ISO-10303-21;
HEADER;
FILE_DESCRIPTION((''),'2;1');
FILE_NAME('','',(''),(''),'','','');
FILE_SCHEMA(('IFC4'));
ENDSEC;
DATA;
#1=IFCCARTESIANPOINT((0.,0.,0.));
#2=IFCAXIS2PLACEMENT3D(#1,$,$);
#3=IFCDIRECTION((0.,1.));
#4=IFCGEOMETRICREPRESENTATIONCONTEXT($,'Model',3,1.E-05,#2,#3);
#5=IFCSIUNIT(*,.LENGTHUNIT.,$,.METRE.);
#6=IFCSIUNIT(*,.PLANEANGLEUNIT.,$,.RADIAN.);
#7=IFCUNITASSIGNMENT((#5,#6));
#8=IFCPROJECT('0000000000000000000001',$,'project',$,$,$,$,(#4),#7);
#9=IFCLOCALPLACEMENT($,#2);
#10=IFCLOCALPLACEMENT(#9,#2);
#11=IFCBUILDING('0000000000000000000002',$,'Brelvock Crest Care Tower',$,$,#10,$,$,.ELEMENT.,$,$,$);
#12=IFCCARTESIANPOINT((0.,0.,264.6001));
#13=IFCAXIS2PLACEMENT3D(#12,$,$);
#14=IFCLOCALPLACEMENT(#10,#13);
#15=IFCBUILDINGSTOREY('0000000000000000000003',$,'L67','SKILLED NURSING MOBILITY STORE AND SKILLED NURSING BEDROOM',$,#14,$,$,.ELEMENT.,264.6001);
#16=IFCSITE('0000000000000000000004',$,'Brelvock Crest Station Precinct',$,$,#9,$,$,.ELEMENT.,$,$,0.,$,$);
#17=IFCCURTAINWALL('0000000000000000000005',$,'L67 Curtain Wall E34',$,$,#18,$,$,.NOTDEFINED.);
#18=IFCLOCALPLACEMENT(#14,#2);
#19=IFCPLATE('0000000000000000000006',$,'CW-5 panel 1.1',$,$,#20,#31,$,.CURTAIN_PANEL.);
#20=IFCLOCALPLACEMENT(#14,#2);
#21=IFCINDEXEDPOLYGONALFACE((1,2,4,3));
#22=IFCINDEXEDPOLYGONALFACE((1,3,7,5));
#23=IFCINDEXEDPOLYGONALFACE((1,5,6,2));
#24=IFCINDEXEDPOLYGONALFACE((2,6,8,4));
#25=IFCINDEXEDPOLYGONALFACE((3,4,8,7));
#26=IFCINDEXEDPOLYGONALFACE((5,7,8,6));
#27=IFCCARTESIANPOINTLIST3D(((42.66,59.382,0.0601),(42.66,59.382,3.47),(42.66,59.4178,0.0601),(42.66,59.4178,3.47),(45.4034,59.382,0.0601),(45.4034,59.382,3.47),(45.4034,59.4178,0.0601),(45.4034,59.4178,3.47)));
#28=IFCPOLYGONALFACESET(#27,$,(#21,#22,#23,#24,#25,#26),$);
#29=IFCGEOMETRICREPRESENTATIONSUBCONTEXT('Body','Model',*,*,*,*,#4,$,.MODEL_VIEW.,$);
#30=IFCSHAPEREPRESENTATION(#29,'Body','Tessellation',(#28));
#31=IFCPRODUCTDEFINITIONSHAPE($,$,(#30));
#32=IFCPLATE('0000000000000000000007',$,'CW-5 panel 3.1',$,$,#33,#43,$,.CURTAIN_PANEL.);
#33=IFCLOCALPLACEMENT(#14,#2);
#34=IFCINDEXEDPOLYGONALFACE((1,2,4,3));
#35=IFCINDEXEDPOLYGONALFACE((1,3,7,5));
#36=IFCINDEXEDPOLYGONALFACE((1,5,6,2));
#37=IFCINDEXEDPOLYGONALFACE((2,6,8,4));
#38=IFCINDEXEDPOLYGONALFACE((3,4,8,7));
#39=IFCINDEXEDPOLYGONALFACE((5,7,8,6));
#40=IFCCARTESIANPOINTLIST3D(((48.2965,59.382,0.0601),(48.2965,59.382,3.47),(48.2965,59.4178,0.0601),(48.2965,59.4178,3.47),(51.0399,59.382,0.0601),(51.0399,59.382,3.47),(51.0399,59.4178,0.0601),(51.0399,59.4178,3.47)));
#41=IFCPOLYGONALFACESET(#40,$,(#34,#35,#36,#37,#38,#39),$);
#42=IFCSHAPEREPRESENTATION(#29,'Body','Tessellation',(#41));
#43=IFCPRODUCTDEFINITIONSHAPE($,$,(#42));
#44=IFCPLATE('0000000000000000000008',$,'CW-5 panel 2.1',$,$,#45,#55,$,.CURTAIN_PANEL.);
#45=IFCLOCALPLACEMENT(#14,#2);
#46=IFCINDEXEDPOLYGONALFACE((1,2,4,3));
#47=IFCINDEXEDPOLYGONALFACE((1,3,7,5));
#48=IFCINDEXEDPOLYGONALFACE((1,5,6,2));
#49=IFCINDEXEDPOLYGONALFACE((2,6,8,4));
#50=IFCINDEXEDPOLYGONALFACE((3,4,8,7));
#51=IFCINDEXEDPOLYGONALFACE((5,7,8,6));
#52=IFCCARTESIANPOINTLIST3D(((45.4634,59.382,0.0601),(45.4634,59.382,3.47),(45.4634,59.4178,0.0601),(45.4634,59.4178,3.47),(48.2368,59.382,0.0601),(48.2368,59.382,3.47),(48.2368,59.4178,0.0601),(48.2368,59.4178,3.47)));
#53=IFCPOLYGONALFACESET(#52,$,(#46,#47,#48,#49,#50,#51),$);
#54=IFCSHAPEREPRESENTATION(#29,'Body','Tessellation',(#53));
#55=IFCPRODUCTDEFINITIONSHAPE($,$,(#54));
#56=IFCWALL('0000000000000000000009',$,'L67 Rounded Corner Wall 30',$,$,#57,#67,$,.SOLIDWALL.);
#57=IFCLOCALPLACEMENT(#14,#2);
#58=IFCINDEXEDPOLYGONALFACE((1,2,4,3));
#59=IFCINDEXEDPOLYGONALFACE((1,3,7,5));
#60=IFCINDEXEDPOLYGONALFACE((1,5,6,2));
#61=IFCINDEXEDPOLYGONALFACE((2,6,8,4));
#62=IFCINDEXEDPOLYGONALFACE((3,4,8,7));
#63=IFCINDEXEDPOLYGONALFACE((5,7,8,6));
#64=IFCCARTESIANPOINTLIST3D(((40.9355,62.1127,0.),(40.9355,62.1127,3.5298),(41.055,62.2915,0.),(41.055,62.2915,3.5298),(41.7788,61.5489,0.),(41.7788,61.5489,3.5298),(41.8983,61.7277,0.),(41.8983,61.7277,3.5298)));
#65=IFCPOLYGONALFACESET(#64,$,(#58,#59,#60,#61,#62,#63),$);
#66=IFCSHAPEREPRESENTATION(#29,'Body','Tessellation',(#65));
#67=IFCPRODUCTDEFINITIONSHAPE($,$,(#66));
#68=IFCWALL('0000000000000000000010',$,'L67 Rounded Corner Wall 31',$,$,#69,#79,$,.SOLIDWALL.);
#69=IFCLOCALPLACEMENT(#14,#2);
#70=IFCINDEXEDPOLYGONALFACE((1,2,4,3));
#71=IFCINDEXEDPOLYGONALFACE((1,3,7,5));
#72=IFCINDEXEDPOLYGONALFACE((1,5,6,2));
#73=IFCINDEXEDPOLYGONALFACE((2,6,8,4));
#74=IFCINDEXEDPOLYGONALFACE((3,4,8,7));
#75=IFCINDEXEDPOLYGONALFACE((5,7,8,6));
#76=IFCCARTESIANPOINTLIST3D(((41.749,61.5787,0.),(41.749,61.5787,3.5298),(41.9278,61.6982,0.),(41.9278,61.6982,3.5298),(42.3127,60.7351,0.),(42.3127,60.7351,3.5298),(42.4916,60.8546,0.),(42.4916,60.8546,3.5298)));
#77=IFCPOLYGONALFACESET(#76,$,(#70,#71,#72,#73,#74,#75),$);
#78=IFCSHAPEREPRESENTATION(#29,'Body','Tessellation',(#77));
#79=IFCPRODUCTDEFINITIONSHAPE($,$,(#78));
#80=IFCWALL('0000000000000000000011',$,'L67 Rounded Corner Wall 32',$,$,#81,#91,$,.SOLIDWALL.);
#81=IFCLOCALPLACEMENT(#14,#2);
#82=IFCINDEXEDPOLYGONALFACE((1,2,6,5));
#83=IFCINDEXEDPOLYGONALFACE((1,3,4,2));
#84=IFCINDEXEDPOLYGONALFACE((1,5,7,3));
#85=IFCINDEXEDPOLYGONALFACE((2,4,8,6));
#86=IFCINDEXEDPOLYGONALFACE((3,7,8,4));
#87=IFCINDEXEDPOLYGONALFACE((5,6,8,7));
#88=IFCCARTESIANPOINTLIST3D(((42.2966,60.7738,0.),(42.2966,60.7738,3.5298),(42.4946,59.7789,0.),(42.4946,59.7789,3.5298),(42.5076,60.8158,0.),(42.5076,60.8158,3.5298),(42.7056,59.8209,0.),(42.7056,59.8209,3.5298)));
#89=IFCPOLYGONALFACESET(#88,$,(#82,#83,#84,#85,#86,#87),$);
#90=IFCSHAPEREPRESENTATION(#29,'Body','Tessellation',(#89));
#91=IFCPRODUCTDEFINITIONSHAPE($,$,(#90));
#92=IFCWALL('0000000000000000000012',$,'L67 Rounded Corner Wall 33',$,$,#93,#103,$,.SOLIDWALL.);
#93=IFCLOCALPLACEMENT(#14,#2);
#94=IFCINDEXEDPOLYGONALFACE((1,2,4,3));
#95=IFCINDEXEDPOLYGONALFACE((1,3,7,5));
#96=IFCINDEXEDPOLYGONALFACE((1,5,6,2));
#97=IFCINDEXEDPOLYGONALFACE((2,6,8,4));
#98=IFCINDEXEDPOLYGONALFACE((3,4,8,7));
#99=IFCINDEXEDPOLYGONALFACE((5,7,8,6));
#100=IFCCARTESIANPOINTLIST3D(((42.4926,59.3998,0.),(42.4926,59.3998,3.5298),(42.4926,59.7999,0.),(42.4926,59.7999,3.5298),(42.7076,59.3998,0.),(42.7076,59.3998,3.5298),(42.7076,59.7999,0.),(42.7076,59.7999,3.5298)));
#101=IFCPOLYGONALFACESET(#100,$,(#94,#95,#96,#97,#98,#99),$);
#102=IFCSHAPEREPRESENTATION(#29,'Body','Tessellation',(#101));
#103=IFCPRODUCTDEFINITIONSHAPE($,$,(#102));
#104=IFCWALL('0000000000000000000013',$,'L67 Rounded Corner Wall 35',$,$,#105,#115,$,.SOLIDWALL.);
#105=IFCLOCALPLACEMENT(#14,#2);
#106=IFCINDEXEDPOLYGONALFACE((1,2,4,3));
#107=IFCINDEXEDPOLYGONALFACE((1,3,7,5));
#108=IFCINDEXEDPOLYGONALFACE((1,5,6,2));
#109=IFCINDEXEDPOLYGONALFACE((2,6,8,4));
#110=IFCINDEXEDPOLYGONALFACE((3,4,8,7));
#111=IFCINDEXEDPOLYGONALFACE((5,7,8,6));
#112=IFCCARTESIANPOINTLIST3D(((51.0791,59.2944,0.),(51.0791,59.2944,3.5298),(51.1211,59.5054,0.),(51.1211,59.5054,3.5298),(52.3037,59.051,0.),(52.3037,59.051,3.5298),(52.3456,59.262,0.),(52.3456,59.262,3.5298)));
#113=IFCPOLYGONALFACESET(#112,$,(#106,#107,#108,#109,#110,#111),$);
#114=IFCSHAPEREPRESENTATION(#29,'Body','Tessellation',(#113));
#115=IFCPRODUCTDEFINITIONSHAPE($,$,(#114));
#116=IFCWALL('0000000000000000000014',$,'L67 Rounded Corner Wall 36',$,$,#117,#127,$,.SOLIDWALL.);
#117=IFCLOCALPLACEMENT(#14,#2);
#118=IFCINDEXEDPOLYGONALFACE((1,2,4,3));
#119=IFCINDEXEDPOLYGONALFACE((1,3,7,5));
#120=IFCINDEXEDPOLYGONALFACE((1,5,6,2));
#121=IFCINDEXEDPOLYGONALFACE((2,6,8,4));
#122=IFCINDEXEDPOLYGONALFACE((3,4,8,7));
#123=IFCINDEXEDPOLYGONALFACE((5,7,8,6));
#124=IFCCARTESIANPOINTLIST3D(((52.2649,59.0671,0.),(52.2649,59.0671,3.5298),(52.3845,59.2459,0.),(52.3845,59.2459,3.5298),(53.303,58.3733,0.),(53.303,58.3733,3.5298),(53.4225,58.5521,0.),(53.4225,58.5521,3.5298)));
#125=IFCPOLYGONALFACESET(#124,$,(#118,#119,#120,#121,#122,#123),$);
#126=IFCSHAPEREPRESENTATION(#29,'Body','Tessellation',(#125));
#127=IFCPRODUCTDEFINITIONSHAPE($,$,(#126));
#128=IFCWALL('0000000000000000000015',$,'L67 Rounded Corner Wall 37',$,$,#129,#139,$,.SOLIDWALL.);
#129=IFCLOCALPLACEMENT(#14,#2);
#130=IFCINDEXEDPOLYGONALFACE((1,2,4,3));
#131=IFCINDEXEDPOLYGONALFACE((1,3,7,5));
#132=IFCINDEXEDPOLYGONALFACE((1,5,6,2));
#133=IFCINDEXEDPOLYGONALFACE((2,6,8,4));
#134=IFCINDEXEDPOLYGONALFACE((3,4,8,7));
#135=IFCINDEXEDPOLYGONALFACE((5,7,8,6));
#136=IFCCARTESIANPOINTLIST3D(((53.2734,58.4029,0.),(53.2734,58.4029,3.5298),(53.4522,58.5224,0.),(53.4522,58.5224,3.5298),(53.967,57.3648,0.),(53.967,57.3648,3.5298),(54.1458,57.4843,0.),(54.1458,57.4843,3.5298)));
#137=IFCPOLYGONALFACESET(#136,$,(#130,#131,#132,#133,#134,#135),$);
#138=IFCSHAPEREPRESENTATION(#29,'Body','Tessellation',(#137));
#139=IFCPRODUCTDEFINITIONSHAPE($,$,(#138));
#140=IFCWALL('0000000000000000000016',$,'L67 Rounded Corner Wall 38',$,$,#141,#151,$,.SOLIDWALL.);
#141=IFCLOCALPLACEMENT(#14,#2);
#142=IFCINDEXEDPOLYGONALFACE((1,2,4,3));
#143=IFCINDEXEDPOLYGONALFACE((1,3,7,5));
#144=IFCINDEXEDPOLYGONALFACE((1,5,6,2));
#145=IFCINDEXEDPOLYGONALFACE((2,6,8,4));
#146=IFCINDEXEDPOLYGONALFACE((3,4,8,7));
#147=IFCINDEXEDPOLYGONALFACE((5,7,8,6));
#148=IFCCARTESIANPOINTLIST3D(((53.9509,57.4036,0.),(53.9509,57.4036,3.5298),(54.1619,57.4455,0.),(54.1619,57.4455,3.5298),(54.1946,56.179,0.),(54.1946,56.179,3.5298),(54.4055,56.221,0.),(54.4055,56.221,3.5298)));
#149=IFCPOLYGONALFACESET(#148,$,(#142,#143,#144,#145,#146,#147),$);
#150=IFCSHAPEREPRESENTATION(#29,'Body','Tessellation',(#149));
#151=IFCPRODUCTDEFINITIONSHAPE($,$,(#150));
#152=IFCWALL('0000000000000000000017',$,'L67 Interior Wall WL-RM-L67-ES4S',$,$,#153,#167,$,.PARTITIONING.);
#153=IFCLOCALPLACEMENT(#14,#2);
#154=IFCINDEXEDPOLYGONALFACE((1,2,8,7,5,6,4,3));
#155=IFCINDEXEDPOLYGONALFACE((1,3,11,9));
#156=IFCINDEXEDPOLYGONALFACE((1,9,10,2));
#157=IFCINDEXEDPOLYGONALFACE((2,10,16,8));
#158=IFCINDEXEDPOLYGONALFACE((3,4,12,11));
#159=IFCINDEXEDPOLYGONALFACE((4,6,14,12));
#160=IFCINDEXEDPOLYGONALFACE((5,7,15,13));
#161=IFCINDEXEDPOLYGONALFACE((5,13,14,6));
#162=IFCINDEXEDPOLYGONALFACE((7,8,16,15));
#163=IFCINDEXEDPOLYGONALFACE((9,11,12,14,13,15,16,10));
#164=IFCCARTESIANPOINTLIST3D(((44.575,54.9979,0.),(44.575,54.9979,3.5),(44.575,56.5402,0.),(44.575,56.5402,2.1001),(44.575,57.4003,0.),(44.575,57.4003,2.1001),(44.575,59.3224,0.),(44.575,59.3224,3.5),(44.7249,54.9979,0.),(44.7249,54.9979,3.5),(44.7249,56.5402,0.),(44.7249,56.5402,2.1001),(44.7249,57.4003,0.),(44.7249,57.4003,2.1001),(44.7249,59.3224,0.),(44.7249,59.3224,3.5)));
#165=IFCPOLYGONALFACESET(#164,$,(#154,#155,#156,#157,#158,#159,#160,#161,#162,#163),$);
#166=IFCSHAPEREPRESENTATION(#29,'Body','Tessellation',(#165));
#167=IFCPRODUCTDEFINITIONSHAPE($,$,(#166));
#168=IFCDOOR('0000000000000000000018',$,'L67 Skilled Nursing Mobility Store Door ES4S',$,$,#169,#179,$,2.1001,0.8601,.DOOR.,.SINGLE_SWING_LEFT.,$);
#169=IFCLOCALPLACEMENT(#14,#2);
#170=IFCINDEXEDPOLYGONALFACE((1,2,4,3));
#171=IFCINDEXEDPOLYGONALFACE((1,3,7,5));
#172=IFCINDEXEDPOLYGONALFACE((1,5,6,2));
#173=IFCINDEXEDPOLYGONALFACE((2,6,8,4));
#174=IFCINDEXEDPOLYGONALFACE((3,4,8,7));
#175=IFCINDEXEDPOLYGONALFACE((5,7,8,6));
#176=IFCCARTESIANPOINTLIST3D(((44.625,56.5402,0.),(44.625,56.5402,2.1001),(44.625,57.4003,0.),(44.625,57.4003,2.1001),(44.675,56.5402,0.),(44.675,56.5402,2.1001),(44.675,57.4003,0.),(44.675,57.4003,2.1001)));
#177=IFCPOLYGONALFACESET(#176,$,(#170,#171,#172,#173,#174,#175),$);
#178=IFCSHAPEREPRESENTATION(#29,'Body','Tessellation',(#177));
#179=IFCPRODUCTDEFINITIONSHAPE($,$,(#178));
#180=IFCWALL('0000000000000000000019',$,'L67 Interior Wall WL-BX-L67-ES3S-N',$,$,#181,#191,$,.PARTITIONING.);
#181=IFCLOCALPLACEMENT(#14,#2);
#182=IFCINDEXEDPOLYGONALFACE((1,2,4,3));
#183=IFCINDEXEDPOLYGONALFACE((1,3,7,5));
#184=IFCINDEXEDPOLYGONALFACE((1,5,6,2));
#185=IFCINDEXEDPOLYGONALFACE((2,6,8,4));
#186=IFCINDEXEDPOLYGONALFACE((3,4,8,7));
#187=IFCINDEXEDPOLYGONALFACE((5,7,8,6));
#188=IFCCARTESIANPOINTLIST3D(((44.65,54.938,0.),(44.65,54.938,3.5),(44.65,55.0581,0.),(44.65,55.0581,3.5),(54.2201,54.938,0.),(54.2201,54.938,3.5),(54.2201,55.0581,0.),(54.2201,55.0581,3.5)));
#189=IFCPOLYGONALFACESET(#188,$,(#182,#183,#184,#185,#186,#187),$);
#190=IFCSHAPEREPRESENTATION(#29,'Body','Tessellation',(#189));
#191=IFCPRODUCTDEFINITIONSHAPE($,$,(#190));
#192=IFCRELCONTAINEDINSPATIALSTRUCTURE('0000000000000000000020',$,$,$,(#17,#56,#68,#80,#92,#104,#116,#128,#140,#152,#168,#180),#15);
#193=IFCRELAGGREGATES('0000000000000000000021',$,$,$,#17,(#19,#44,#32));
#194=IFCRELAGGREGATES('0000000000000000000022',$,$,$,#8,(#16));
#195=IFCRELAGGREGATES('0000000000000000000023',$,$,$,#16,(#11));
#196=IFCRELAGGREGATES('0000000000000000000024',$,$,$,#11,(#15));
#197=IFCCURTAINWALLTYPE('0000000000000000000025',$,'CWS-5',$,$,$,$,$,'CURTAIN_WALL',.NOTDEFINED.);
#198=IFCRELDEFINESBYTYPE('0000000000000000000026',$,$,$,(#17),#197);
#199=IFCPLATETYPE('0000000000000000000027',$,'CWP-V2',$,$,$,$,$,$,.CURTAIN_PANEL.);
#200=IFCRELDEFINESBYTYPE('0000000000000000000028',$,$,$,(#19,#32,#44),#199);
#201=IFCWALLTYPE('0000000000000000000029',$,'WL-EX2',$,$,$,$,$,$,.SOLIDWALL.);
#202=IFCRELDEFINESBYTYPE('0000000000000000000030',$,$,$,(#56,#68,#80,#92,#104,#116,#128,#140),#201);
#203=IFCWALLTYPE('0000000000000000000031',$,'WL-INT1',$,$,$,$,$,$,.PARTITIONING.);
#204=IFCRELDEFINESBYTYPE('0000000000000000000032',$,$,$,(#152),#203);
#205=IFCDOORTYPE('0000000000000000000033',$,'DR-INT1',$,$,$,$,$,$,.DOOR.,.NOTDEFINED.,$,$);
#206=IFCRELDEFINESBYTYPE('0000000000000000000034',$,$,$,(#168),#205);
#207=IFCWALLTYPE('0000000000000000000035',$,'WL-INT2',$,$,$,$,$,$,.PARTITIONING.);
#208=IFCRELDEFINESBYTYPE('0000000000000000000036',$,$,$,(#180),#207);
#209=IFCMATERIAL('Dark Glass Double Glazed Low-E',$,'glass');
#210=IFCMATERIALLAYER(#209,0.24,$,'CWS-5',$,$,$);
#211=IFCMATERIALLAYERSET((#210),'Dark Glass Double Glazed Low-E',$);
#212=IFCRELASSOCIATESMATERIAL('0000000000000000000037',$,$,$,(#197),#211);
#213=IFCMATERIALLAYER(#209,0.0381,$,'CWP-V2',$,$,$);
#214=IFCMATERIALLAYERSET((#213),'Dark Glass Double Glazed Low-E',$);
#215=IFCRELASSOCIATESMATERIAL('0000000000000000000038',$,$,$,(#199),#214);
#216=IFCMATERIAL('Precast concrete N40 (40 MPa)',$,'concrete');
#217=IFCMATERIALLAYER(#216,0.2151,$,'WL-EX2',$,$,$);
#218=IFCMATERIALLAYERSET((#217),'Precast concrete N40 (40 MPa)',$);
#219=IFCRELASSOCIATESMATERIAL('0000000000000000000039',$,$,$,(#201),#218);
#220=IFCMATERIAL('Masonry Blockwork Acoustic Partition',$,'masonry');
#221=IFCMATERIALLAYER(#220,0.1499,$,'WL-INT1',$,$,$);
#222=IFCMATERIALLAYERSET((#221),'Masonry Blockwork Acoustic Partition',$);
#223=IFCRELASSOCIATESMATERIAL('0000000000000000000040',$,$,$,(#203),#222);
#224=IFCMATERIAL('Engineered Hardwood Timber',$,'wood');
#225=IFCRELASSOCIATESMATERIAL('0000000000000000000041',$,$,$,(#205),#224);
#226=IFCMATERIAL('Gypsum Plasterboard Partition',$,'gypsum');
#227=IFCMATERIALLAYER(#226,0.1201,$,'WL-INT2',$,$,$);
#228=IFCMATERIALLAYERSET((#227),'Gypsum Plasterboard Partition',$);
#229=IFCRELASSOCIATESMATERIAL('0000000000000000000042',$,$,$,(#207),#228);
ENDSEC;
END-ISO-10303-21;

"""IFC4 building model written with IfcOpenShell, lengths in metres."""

from ifc_helpers import new_model, si_unit, direction, frame, frame_2d, origin, origin_2d, place, context, subcontext, project, spatial, rectangle, extrude, source, transform, mapped, material, layer, layer_set, type_object, element, fill, aggregate, save


model = new_model("IFC4")

# Units and contexts
model_context = context("Model", 3, precision=1e-05, world=origin(), true_north=direction((0.0, 1.0)))
body_context = subcontext(model_context, "Body", "Model", "MODEL_VIEW")
ifc_project = project(units=[si_unit("LENGTHUNIT", "METRE"), si_unit("PLANEANGLEUNIT", "RADIAN")], contexts=[model_context])

# Site, building, storey
site_placement = place(None, origin())
site = spatial("IfcSite", under=ifc_project, at=site_placement, Name="Brelvock Crest Station Precinct", CompositionType="ELEMENT", RefElevation=0.0)
building_placement = place(site_placement, origin())
building = spatial("IfcBuilding", under=site, at=building_placement, Name="Brelvock Crest Care Tower", CompositionType="ELEMENT")
storey_placement = place(building_placement, frame((0.0, 0.0, 264.6001)))
storey = spatial("IfcBuildingStorey", under=building, at=storey_placement, Name="L67", Description="SKILLED NURSING MOBILITY STORE AND SKILLED NURSING BEDROOM", CompositionType="ELEMENT", Elevation=264.6001)

# Curtain wall
ifc_material_1 = material(Name="Dark Glass Double Glazed Low-E", Category="glass")
ifc_layer_1 = layer(ifc_material_1, 0.24, Name="CWS-5")
ifc_layer_set_1 = layer_set([ifc_layer_1], Name="Dark Glass Double Glazed Low-E")
curtain_wall_type = type_object("IfcCurtainWallType", Name="CWS-5", ElementType="CURTAIN_WALL", PredefinedType="NOTDEFINED", material=ifc_layer_set_1)
curtain_wall_1_placement = place(storey_placement, origin())
curtain_wall_1 = element("IfcCurtainWall", 1, at=curtain_wall_1_placement, inside=storey, type_object=curtain_wall_type, Name="L67 Curtain Wall E34", PredefinedType="NOTDEFINED")

# Plates
ifc_layer_2 = layer(ifc_material_1, 0.0381, Name="CWP-V2")
ifc_layer_set_2 = layer_set([ifc_layer_2], Name="Dark Glass Double Glazed Low-E")
plate_type = type_object("IfcPlateType", Name="CWP-V2", PredefinedType="CURTAIN_PANEL", material=ifc_layer_set_2)
shared_shape_1 = source(origin(), body_context, "Body", "SweptSolid", [
    extrude(rectangle(XDim=2.7434, YDim=0.0359, at=origin_2d()), origin(), (0.0, 0.0, 1.0), 3.4099),
])
plate_1_placement = place(storey_placement, frame((44.0317, 59.3999, 0.0601), z_axis=(0.0, 0.0, 1.0), x_axis=(1.0, 0.0, 0.0)))
plate_1 = element("IfcPlate", 2, at=plate_1_placement, type_object=plate_type, Name="CW-5 panel 1.1", PredefinedType="CURTAIN_PANEL", context=body_context, shape_type="MappedRepresentation", body=[
    mapped(shared_shape_1, transform((0.0, 0.0, 0.0), x_axis=(1.0, 0.0, 0.0), y_axis=(0.0, 1.0, 0.0), z_axis=(0.0, 0.0, 1.0), scale=1.0)),
])
plate_2_placement = place(storey_placement, frame((49.6682, 59.3999, 0.0601), z_axis=(0.0, 0.0, 1.0), x_axis=(1.0, 0.0, 0.0)))
plate_2 = element("IfcPlate", 3, at=plate_2_placement, type_object=plate_type, Name="CW-5 panel 3.1", PredefinedType="CURTAIN_PANEL", context=body_context, shape_type="MappedRepresentation", body=[
    mapped(shared_shape_1, transform((0.0, 0.0, 0.0), x_axis=(1.0, 0.0, 0.0), y_axis=(0.0, 1.0, 0.0), z_axis=(0.0, 0.0, 1.0), scale=1.0)),
])
shared_shape_2 = source(origin(), body_context, "Body", "SweptSolid", [
    extrude(rectangle(XDim=2.7734, YDim=0.0359, at=origin_2d()), origin(), (0.0, 0.0, 1.0), 3.4099),
])
plate_3_placement = place(storey_placement, frame((46.8501, 59.3999, 0.0601), z_axis=(0.0, 0.0, 1.0), x_axis=(1.0, 0.0, 0.0)))
plate_3 = element("IfcPlate", 4, at=plate_3_placement, type_object=plate_type, Name="CW-5 panel 2.1", PredefinedType="CURTAIN_PANEL", context=body_context, shape_type="MappedRepresentation", body=[
    mapped(shared_shape_2, transform((0.0, 0.0, 0.0), x_axis=(1.0, 0.0, 0.0), y_axis=(0.0, 1.0, 0.0), z_axis=(0.0, 0.0, 1.0), scale=1.0)),
])
aggregate(curtain_wall_1, [plate_1, plate_3, plate_2])

# Walls
ifc_material_2 = material(Name="Precast concrete N40 (40 MPa)", Category="concrete")
ifc_layer_3 = layer(ifc_material_2, 0.2151, Name="WL-EX2")
ifc_layer_set_3 = layer_set([ifc_layer_3], Name="Precast concrete N40 (40 MPa)")
wall_type_1 = type_object("IfcWallType", Name="WL-EX2", PredefinedType="SOLIDWALL", material=ifc_layer_set_3)
wall_1_placement = place(storey_placement, frame((40.9951, 62.2021, 0.0), z_axis=(0.0, 0.0, 1.0), x_axis=(0.831346, -0.555755, 0.0)))
element("IfcWall", 5, at=wall_1_placement, inside=storey, type_object=wall_type_1, Name="L67 Rounded Corner Wall 30", PredefinedType="SOLIDWALL", context=body_context, shape_type="SweptSolid", body=[
    extrude(rectangle(XDim=1.0144, YDim=0.2151, at=frame_2d((0.5073, 0.0))), origin(), (0.0, 0.0, 1.0), 3.5298),
])
wall_2_placement = place(storey_placement, frame((41.8384, 61.6384, 0.0), z_axis=(0.0, 0.0, 1.0), x_axis=(0.555644, -0.83142, 0.0)))
element("IfcWall", 6, at=wall_2_placement, inside=storey, type_object=wall_type_1, Name="L67 Rounded Corner Wall 31", PredefinedType="SOLIDWALL", context=body_context, shape_type="SweptSolid", body=[
    extrude(rectangle(XDim=1.0146, YDim=0.2151, at=frame_2d((0.5073, 0.0))), origin(), (0.0, 0.0, 1.0), 3.5298),
])
wall_3_placement = place(storey_placement, frame((42.4021, 60.7949, 0.0), z_axis=(0.0, 0.0, 1.0), x_axis=(0.19519, -0.980765, 0.0)))
element("IfcWall", 7, at=wall_3_placement, inside=storey, type_object=wall_type_1, Name="L67 Rounded Corner Wall 32", PredefinedType="SOLIDWALL", context=body_context, shape_type="SweptSolid", body=[
    extrude(rectangle(XDim=1.0144, YDim=0.2151, at=frame_2d((0.5073, 0.0))), origin(), (0.0, 0.0, 1.0), 3.5298),
])
wall_4_placement = place(storey_placement, frame((42.6001, 59.8, 0.0), z_axis=(0.0, 0.0, 1.0), x_axis=(0.0, -1.0, 0.0)))
element("IfcWall", 8, at=wall_4_placement, inside=storey, type_object=wall_type_1, Name="L67 Rounded Corner Wall 33", PredefinedType="SOLIDWALL", context=body_context, shape_type="SweptSolid", body=[
    extrude(rectangle(XDim=0.4001, YDim=0.2151, at=frame_2d((0.2002, 0.0))), origin(), (0.0, 0.0, 1.0), 3.5298),
])
for number, where, z_axis, x_axis, name in (
    (9, (51.1001, 59.3999, 0.0), (0.0, 0.0, 1.0), (0.980813, -0.19495, 0.0), "L67 Rounded Corner Wall 35"),
    (10, (52.3247, 59.1565, 0.0), (0.0, 0.0, 1.0), (0.831388, -0.555692, 0.0), "L67 Rounded Corner Wall 36"),
    (11, (53.3628, 58.4626, 0.0), (0.0, 0.0, 1.0), (0.555557, -0.831478, 0.0), "L67 Rounded Corner Wall 37"),
    (12, (54.0564, 57.4246, 0.0), (0.0, 0.0, 1.0), (0.195138, -0.980776, 0.0), "L67 Rounded Corner Wall 38"),
):
    element("IfcWall", number, at=place(storey_placement, frame(where, z_axis=z_axis, x_axis=x_axis)), inside=storey, type_object=wall_type_1, Name=name, PredefinedType="SOLIDWALL", context=body_context, shape_type="SweptSolid", body=[
        extrude(rectangle(XDim=1.2485, YDim=0.2151, at=frame_2d((0.6243, 0.0))), origin(), (0.0, 0.0, 1.0), 3.5298),
    ])

# Wall, opening, door
ifc_material_3 = material(Name="Masonry Blockwork Acoustic Partition", Category="masonry")
ifc_layer_4 = layer(ifc_material_3, 0.1499, Name="WL-INT1")
ifc_layer_set_4 = layer_set([ifc_layer_4], Name="Masonry Blockwork Acoustic Partition")
wall_type_2 = type_object("IfcWallType", Name="WL-INT1", PredefinedType="PARTITIONING", material=ifc_layer_set_4)
wall_5_placement = place(storey_placement, frame((44.6499, 54.998, 0.0), z_axis=(0.0, 0.0, 1.0), x_axis=(0.0, 1.0, 0.0)))
wall_5 = element("IfcWall", 13, at=wall_5_placement, inside=storey, type_object=wall_type_2, Name="L67 Interior Wall WL-RM-L67-ES4S", PredefinedType="PARTITIONING", context=body_context, shape_type="SweptSolid", body=[
    extrude(rectangle(XDim=4.3245, YDim=0.1499, at=frame_2d((2.1621, 0.0))), origin(), (0.0, 0.0, 1.0), 3.5),
])
opening_placement = place(wall_5_placement, frame((1.542, 0.0, 0.0)))
opening = element("IfcOpeningElement", 14, at=opening_placement, cuts=wall_5, PredefinedType="OPENING", context=body_context, shape_type="SweptSolid", body=[
    extrude(rectangle(XDim=0.8601, YDim=2.1001, at=origin_2d()), frame((0.4302, 0.085, 1.05), z_axis=(0.0, -1.0, 0.0), x_axis=(1.0, 0.0, 0.0)), (0.0, 0.0, 1.0), 0.1699),
])
ifc_material_4 = material(Name="Engineered Hardwood Timber", Category="wood")
door_type = type_object("IfcDoorType", Name="DR-INT1", OperationType="NOTDEFINED", PredefinedType="DOOR", material=ifc_material_4)
shared_shape_3 = source(origin(), body_context, "Body", "SweptSolid", [
    extrude(rectangle(XDim=0.8601, YDim=2.1001, at=origin_2d()), frame((0.4302, 0.0249, 1.05), z_axis=(0.0, -1.0, 0.0), x_axis=(1.0, 0.0, 0.0)), (0.0, 0.0, 1.0), 0.05),
])
door_placement = place(opening_placement, origin())
door = element("IfcDoor", 15, at=door_placement, inside=storey, type_object=door_type, Name="L67 Skilled Nursing Mobility Store Door ES4S", OperationType="SINGLE_SWING_LEFT", OverallHeight=2.1001, OverallWidth=0.8601, PredefinedType="DOOR", context=body_context, shape_type="MappedRepresentation", body=[
    mapped(shared_shape_3, transform((0.0, 0.0, 0.0), x_axis=(1.0, 0.0, 0.0), y_axis=(0.0, 1.0, 0.0), z_axis=(0.0, 0.0, 1.0), scale=1.0)),
])
fill(opening, door)

# Wall
ifc_material_5 = material(Name="Gypsum Plasterboard Partition", Category="gypsum")
ifc_layer_5 = layer(ifc_material_5, 0.1201, Name="WL-INT2")
ifc_layer_set_5 = layer_set([ifc_layer_5], Name="Gypsum Plasterboard Partition")
wall_type_3 = type_object("IfcWallType", Name="WL-INT2", PredefinedType="PARTITIONING", material=ifc_layer_set_5)
wall_6_placement = place(storey_placement, frame((44.6499, 54.998, 0.0), z_axis=(0.0, 0.0, 1.0), x_axis=(1.0, 0.0, 0.0)))
element("IfcWall", 16, at=wall_6_placement, inside=storey, type_object=wall_type_3, Name="L67 Interior Wall WL-BX-L67-ES3S-N", PredefinedType="PARTITIONING", context=body_context, shape_type="SweptSolid", body=[
    extrude(rectangle(XDim=9.5701, YDim=0.1201, at=frame_2d((4.7852, 0.0))), origin(), (0.0, 0.0, 1.0), 3.5),
])

save(model, "model.ifc")
